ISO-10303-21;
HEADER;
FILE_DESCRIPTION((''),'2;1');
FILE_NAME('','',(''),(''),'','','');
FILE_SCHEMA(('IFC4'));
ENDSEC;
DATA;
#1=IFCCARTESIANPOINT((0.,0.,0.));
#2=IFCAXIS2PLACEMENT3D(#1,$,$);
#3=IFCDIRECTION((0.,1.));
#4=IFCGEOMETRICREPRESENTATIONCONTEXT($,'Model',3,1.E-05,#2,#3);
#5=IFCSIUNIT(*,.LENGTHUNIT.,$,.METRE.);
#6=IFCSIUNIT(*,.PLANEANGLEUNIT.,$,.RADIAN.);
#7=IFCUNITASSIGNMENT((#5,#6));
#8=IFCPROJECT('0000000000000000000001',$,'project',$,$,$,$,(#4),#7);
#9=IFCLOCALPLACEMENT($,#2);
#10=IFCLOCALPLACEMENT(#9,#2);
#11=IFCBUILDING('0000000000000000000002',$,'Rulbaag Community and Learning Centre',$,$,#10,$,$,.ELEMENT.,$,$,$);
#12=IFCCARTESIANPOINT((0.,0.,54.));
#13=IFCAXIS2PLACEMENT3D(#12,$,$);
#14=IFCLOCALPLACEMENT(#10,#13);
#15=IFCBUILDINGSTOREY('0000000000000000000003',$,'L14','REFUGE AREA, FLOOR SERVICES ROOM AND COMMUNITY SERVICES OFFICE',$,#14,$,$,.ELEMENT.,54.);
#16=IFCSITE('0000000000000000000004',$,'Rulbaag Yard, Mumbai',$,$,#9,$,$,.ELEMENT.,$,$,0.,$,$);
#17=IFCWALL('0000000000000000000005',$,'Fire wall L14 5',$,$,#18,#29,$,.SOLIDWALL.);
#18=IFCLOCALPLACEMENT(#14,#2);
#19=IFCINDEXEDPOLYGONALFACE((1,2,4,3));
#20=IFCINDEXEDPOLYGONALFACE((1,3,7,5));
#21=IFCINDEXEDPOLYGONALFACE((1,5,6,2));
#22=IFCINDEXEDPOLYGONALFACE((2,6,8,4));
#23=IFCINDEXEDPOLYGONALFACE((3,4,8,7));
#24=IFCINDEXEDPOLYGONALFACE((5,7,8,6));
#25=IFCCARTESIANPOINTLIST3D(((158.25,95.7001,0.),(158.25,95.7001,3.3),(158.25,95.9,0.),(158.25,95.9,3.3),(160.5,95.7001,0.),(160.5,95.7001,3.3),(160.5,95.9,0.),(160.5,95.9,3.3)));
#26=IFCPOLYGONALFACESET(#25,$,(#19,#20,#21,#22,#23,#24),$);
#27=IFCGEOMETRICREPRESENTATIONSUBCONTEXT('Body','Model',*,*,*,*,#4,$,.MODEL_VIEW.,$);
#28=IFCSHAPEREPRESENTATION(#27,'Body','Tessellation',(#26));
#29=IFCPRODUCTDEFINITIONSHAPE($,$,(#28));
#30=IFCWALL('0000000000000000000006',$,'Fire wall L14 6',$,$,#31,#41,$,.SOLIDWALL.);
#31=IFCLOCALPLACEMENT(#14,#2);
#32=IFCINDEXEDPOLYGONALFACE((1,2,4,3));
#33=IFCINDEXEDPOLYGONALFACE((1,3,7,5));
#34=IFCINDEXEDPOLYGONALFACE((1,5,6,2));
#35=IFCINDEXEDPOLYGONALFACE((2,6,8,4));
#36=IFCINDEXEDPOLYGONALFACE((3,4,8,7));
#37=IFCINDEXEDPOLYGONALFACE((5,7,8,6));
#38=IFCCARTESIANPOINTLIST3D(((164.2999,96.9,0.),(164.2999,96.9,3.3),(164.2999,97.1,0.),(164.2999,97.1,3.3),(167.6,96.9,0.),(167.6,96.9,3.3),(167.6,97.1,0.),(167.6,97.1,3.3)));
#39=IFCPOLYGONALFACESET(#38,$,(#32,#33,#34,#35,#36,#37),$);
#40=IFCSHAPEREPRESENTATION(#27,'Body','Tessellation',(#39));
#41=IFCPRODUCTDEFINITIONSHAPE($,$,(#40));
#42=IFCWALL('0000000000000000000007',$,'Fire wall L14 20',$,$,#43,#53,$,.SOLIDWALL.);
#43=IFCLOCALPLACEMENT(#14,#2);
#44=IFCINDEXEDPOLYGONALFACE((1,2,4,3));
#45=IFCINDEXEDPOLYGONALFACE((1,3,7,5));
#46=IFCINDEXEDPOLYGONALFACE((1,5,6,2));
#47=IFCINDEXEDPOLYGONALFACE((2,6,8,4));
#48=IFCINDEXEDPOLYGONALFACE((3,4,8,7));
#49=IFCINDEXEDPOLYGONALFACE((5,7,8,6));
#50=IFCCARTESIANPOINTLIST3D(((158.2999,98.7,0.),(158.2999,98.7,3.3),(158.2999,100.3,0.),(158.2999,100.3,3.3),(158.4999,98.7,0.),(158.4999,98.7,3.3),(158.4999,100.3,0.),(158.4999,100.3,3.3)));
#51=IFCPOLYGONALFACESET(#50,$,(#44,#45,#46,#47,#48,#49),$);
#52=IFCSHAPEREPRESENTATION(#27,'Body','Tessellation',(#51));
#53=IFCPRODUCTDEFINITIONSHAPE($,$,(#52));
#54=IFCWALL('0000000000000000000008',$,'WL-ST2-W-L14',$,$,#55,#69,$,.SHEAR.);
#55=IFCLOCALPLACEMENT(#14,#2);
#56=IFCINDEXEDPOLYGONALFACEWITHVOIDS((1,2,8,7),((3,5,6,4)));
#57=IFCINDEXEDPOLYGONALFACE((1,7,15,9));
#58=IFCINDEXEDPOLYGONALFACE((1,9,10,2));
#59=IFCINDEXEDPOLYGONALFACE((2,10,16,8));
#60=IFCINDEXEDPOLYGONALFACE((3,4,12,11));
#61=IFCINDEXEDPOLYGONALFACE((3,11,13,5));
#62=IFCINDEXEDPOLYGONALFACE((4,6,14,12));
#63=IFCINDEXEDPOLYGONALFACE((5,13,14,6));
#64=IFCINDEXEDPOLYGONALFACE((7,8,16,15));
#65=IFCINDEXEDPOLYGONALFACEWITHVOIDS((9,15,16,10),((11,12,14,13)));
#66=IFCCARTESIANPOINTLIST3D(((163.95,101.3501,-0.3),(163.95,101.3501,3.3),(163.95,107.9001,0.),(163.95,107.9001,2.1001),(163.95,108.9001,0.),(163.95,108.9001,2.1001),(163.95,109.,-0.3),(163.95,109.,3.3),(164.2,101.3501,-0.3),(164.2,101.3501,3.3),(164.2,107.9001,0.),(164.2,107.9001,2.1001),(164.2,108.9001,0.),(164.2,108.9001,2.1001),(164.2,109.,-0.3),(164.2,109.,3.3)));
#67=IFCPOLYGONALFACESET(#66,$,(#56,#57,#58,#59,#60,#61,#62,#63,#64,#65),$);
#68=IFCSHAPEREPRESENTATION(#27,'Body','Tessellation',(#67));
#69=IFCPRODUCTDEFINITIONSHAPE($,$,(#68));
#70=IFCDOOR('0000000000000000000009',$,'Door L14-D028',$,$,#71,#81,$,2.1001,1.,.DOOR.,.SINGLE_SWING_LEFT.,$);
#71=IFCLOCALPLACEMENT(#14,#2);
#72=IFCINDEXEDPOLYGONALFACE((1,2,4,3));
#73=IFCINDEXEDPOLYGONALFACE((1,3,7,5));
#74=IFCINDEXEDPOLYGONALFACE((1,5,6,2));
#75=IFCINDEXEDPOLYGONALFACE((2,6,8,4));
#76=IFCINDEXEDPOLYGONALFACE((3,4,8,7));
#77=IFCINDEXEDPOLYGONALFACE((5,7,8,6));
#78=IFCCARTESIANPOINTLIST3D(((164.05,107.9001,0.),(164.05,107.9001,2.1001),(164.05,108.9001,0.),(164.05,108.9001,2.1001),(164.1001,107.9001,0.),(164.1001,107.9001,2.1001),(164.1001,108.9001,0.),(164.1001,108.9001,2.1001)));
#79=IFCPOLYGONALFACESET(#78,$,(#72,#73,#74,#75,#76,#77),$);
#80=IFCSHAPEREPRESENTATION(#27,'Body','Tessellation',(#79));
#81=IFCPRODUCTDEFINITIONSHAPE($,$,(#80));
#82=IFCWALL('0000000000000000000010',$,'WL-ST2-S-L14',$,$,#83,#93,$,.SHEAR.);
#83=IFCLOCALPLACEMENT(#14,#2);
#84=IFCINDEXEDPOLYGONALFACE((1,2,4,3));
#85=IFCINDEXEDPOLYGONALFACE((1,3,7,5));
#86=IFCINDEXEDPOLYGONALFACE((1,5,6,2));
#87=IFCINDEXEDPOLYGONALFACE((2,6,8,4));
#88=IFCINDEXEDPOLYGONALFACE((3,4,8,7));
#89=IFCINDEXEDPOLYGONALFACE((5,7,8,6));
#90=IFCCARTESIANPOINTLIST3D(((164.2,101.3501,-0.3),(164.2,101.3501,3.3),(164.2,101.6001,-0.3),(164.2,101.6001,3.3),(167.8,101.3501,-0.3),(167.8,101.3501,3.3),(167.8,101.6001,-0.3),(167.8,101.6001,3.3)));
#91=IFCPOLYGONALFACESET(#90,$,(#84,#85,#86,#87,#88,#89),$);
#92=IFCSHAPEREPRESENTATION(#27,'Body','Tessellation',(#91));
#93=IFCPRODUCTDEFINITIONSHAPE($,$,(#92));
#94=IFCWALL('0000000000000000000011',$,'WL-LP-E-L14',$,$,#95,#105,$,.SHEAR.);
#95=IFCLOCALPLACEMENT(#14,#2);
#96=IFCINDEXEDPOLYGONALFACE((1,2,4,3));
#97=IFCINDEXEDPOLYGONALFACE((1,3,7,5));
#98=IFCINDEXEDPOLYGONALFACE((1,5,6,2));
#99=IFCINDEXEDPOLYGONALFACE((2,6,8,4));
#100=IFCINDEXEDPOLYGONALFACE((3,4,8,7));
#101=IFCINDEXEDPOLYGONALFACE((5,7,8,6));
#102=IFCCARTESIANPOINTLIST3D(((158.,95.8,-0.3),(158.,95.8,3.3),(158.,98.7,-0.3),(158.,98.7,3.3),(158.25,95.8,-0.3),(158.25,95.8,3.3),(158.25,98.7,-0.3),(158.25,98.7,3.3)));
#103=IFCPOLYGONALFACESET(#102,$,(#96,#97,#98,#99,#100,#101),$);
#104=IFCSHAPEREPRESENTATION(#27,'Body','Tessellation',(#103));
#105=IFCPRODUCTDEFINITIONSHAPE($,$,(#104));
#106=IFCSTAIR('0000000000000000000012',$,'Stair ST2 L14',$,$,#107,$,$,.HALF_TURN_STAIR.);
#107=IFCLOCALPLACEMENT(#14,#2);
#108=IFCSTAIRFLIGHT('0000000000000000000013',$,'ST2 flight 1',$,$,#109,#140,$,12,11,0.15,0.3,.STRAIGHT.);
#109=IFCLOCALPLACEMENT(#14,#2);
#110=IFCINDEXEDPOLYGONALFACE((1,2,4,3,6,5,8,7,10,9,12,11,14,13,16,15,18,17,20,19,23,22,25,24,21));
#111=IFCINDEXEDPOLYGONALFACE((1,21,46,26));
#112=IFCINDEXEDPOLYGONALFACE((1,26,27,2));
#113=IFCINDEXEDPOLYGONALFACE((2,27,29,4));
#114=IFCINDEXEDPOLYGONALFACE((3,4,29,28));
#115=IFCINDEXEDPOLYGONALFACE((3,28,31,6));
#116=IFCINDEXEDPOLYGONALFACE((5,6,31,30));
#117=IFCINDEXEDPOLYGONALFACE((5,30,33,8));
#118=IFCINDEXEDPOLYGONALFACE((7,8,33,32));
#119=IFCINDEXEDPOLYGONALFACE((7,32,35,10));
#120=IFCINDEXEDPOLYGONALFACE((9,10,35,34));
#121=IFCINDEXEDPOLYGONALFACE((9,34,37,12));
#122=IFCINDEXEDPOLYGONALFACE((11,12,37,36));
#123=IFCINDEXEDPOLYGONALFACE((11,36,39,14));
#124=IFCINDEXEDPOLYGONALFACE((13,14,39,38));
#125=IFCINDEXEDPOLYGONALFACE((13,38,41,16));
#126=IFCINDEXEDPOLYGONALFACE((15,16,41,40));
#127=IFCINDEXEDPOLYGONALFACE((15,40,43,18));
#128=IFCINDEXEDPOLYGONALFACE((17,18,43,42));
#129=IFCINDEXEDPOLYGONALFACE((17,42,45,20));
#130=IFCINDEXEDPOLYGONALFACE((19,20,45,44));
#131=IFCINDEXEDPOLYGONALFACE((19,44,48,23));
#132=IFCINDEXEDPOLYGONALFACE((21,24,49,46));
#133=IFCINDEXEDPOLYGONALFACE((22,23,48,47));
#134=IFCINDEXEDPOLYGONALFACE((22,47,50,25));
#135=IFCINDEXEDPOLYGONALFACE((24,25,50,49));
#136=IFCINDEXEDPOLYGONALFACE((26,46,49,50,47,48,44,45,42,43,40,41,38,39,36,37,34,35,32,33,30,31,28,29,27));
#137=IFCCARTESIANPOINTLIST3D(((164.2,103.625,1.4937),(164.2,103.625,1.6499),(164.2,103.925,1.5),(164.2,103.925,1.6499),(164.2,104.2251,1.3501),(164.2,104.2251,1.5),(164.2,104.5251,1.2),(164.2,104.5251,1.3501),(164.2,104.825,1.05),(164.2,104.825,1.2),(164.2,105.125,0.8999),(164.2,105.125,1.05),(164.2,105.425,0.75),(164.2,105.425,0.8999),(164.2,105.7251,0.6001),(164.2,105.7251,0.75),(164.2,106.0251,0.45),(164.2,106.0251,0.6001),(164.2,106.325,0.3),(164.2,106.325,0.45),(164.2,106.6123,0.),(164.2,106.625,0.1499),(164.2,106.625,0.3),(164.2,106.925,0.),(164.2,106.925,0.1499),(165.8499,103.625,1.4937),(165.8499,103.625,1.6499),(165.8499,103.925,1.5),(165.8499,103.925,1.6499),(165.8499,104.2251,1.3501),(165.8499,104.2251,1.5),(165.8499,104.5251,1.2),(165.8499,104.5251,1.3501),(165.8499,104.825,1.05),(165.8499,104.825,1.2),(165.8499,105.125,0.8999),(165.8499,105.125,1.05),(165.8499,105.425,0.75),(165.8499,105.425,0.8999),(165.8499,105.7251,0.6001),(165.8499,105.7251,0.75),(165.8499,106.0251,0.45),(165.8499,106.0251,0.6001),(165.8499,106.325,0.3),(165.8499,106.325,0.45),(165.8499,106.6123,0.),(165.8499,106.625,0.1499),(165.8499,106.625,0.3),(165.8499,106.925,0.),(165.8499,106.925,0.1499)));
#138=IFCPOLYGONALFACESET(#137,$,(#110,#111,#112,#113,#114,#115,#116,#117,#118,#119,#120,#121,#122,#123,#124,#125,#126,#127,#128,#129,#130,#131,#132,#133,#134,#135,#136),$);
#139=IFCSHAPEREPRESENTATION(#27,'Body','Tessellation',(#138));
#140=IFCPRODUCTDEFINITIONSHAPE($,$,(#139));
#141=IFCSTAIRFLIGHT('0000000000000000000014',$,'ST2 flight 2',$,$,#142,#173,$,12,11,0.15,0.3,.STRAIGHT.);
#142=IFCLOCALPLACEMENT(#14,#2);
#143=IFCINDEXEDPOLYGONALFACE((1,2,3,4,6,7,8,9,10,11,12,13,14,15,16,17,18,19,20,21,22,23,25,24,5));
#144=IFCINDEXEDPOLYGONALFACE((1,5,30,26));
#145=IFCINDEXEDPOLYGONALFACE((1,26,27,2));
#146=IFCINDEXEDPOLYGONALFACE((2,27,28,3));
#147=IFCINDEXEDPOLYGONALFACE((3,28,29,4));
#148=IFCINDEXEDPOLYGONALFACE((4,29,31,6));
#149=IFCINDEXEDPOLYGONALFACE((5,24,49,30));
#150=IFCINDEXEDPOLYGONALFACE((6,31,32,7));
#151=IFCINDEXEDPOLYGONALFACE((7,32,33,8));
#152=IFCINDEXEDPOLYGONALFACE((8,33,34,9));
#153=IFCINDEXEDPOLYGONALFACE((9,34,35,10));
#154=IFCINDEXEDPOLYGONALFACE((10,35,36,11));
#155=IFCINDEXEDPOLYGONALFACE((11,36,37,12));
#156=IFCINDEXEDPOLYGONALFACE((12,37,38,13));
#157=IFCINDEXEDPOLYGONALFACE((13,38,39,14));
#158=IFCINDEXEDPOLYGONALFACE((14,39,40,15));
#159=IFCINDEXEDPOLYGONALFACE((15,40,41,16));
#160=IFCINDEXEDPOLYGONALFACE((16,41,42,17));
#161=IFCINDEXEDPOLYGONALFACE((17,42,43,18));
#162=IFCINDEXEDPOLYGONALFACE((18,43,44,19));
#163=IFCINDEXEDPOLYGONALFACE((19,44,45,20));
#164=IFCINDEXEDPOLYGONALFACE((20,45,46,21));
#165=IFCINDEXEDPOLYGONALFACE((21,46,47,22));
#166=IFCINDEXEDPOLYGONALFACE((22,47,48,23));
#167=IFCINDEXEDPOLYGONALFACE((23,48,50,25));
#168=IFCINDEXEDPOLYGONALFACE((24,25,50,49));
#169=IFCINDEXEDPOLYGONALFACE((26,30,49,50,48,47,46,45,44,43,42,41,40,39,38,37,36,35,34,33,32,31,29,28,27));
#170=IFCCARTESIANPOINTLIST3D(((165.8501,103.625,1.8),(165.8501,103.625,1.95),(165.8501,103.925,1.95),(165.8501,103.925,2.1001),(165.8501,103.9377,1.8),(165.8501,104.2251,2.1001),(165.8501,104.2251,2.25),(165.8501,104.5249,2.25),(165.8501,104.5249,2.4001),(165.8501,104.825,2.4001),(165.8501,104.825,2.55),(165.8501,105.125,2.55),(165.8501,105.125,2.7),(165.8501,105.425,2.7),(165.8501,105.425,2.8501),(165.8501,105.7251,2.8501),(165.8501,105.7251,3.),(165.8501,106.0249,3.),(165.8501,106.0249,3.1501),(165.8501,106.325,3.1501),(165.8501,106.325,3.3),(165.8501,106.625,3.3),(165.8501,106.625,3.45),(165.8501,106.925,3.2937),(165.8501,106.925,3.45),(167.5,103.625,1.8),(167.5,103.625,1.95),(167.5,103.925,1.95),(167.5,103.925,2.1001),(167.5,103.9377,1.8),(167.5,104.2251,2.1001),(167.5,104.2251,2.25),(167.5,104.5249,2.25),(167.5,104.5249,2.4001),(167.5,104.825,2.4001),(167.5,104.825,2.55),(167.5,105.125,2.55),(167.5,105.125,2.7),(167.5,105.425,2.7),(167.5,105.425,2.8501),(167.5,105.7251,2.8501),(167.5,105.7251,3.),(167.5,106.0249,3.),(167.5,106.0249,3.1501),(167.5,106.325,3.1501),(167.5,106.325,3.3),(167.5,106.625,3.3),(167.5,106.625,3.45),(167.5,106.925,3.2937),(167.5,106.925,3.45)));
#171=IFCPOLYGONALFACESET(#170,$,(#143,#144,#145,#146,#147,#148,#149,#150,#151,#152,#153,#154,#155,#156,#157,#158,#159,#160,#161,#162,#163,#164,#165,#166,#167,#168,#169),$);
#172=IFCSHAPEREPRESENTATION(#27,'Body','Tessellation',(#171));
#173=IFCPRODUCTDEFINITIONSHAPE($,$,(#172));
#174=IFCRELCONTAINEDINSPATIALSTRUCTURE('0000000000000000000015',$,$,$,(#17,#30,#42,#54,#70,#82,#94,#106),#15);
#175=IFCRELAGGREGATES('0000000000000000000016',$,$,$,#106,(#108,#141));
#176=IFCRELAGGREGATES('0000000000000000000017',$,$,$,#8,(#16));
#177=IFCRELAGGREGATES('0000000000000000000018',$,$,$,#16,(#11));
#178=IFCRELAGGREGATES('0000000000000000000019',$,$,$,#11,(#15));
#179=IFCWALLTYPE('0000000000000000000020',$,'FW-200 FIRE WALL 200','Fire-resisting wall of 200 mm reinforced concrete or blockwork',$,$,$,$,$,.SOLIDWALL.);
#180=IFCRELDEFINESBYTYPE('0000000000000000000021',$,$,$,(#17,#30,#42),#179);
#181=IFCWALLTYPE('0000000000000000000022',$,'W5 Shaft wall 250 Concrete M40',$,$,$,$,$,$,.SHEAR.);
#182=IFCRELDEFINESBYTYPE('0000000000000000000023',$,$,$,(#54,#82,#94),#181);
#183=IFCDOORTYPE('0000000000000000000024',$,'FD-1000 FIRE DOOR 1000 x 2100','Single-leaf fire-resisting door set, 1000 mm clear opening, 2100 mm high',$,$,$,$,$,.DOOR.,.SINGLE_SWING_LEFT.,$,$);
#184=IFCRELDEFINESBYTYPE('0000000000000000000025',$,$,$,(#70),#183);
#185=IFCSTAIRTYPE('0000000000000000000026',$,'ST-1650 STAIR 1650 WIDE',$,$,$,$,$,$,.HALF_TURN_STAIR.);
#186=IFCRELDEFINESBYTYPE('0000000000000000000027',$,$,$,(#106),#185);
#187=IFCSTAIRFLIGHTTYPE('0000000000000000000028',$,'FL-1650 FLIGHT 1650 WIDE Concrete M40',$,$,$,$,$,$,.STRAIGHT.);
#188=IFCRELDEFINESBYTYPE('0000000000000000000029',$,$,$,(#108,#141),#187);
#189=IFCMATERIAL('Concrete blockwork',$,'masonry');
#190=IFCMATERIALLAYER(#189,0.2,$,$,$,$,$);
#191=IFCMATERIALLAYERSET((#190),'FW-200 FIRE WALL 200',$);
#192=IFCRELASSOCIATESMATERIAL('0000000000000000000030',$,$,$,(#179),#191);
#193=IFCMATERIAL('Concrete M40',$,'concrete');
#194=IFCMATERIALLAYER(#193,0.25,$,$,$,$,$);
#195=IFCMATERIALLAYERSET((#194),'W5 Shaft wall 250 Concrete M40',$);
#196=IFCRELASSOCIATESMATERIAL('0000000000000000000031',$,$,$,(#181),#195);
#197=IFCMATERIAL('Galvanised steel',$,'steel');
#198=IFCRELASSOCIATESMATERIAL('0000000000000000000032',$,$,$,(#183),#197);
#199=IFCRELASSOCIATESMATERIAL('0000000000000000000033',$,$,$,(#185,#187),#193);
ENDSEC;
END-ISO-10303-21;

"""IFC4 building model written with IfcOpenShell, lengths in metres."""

from ifc_helpers import new_model, si_unit, direction, frame, frame_2d, origin, place, context, subcontext, project, spatial, polyline, rectangle, outline, extrude, material, layer, layer_set, type_object, element, fill, aggregate, save


model = new_model("IFC4")

# Units and contexts
model_context = context("Model", 3, precision=1e-05, world=origin(), true_north=direction((0.0, 1.0)))
body_context = subcontext(model_context, "Body", "Model", "MODEL_VIEW")
ifc_project = project(units=[si_unit("LENGTHUNIT", "METRE"), si_unit("PLANEANGLEUNIT", "RADIAN")], contexts=[model_context])

# Site, building, storey
site_placement = place(None, origin())
site = spatial("IfcSite", under=ifc_project, at=site_placement, Name="Rulbaag Yard, Mumbai", CompositionType="ELEMENT", RefElevation=0.0)
building_placement = place(site_placement, origin())
building = spatial("IfcBuilding", under=site, at=building_placement, Name="Rulbaag Community and Learning Centre", CompositionType="ELEMENT")
storey_placement = place(building_placement, frame((0.0, 0.0, 54.0)))
storey = spatial("IfcBuildingStorey", under=building, at=storey_placement, Name="L14", Description="REFUGE AREA, FLOOR SERVICES ROOM AND COMMUNITY SERVICES OFFICE", CompositionType="ELEMENT", Elevation=54.0)

# Walls
ifc_material_1 = material(Name="Concrete blockwork", Category="masonry")
ifc_layer_1 = layer(ifc_material_1, 0.2)
ifc_layer_set_1 = layer_set([ifc_layer_1], Name="FW-200 FIRE WALL 200")
wall_type_1 = type_object("IfcWallType", Name="FW-200 FIRE WALL 200", Description="Fire-resisting wall of 200 mm reinforced concrete or blockwork", PredefinedType="SOLIDWALL", material=ifc_layer_set_1)
wall_1_placement = place(storey_placement, frame((158.25, 95.8, 0.0), z_axis=(0.0, 0.0, 1.0), x_axis=(1.0, 0.0, 0.0)))
element("IfcWall", 1, at=wall_1_placement, inside=storey, type_object=wall_type_1, Name="Fire wall L14 5", PredefinedType="SOLIDWALL", context=body_context, shape_type="SweptSolid", body=[
    extrude(rectangle(XDim=2.25, YDim=0.2, at=frame_2d((1.125, 0.0))), origin(), (0.0, 0.0, 1.0), 3.3),
])
wall_2_placement = place(storey_placement, frame((164.3, 97.0, 0.0), z_axis=(0.0, 0.0, 1.0), x_axis=(1.0, 0.0, 0.0)))
element("IfcWall", 2, at=wall_2_placement, inside=storey, type_object=wall_type_1, Name="Fire wall L14 6", PredefinedType="SOLIDWALL", context=body_context, shape_type="SweptSolid", body=[
    extrude(rectangle(XDim=3.3, YDim=0.2, at=frame_2d((1.6499, 0.0))), origin(), (0.0, 0.0, 1.0), 3.3),
])
wall_3_placement = place(storey_placement, frame((158.3999, 98.7, 0.0), z_axis=(0.0, 0.0, 1.0), x_axis=(0.0, 1.0, 0.0)))
element("IfcWall", 3, at=wall_3_placement, inside=storey, type_object=wall_type_1, Name="Fire wall L14 20", PredefinedType="SOLIDWALL", context=body_context, shape_type="SweptSolid", body=[
    extrude(rectangle(XDim=1.6001, YDim=0.2, at=frame_2d((0.8, 0.0))), origin(), (0.0, 0.0, 1.0), 3.3),
])

# Wall, opening, door
ifc_material_2 = material(Name="Concrete M40", Category="concrete")
ifc_layer_2 = layer(ifc_material_2, 0.25)
ifc_layer_set_2 = layer_set([ifc_layer_2], Name="W5 Shaft wall 250 Concrete M40")
wall_type_2 = type_object("IfcWallType", Name="W5 Shaft wall 250 Concrete M40", PredefinedType="SHEAR", material=ifc_layer_set_2)
wall_4_placement = place(storey_placement, frame((164.075, 101.3501, -0.3), z_axis=(0.0, 0.0, 1.0), x_axis=(0.0, 1.0, 0.0)))
wall_4 = element("IfcWall", 4, at=wall_4_placement, inside=storey, type_object=wall_type_2, Name="WL-ST2-W-L14", PredefinedType="SHEAR", context=body_context, shape_type="SweptSolid", body=[
    extrude(rectangle(XDim=7.6499, YDim=0.25, at=frame_2d((3.825, 0.0))), origin(), (0.0, 0.0, 1.0), 3.6001),
])
opening_placement = place(wall_4_placement, frame((6.55, 0.0, 0.3)))
opening = element("IfcOpeningElement", 5, at=opening_placement, cuts=wall_4, PredefinedType="OPENING", context=body_context, shape_type="SweptSolid", body=[
    extrude(rectangle(XDim=1.0, YDim=2.1001, at=frame_2d((0.5, 1.05))), frame((0.0, 0.135, 0.0), z_axis=(0.0, -1.0, 0.0), x_axis=(1.0, 0.0, 0.0)), (0.0, 0.0, 1.0), 0.27),
])
ifc_material_3 = material(Name="Galvanised steel", Category="steel")
door_type = type_object("IfcDoorType", Name="FD-1000 FIRE DOOR 1000 x 2100", Description="Single-leaf fire-resisting door set, 1000 mm clear opening, 2100 mm high", OperationType="SINGLE_SWING_LEFT", PredefinedType="DOOR", material=ifc_material_3)
door_placement = place(opening_placement, origin())
door = element("IfcDoor", 6, at=door_placement, inside=storey, type_object=door_type, Name="Door L14-D028", OperationType="SINGLE_SWING_LEFT", OverallHeight=2.1001, OverallWidth=1.0, PredefinedType="DOOR", context=body_context, shape_type="SweptSolid", body=[
    extrude(rectangle(XDim=1.0, YDim=2.1001, at=frame_2d((0.5, 1.05))), frame((0.0, 0.0249, 0.0), z_axis=(0.0, -1.0, 0.0), x_axis=(1.0, 0.0, 0.0)), (0.0, 0.0, 1.0), 0.05),
])
fill(opening, door)

# Walls
wall_5_placement = place(storey_placement, frame((164.2, 101.4751, -0.3), z_axis=(0.0, 0.0, 1.0), x_axis=(1.0, 0.0, 0.0)))
element("IfcWall", 7, at=wall_5_placement, inside=storey, type_object=wall_type_2, Name="WL-ST2-S-L14", PredefinedType="SHEAR", context=body_context, shape_type="SweptSolid", body=[
    extrude(rectangle(XDim=3.6001, YDim=0.25, at=frame_2d((1.8, 0.0))), origin(), (0.0, 0.0, 1.0), 3.6001),
])
wall_6_placement = place(storey_placement, frame((158.125, 95.8, -0.3), z_axis=(0.0, 0.0, 1.0), x_axis=(0.0, 1.0, 0.0)))
element("IfcWall", 8, at=wall_6_placement, inside=storey, type_object=wall_type_2, Name="WL-LP-E-L14", PredefinedType="SHEAR", context=body_context, shape_type="SweptSolid", body=[
    extrude(rectangle(XDim=2.8999, YDim=0.25, at=frame_2d((1.45, 0.0))), origin(), (0.0, 0.0, 1.0), 3.6001),
])

# Stair, stair flights
stair_type = type_object("IfcStairType", Name="ST-1650 STAIR 1650 WIDE", PredefinedType="HALF_TURN_STAIR", material=ifc_material_2)
stair_placement = place(storey_placement, origin())
stair = element("IfcStair", 9, at=stair_placement, inside=storey, type_object=stair_type, Name="Stair ST2 L14", PredefinedType="HALF_TURN_STAIR")
stair_flight_type = type_object("IfcStairFlightType", Name="FL-1650 FLIGHT 1650 WIDE Concrete M40", PredefinedType="STRAIGHT", material=ifc_material_2)
stair_flight_1_placement = place(storey_placement, frame((165.0249, 106.925, 0.0), z_axis=(0.0, 0.0, 1.0), x_axis=(0.0, -1.0, 0.0)))
stair_flight_1 = element("IfcStairFlight", 10, at=stair_flight_1_placement, type_object=stair_flight_type, Name="ST2 flight 1", NumberOfRisers=12, NumberOfTreads=11, PredefinedType="STRAIGHT", RiserHeight=0.15, TreadLength=0.3, context=body_context, shape_type="SweptSolid", body=[
    extrude(outline(polyline([(0.0, 0.0), (0.0, 0.1499), (0.3, 0.1499), (0.3, 0.3), (0.6001, 0.3), (0.6001, 0.45), (0.8999, 0.45), (0.8999, 0.6001), (1.2, 0.6001), (1.2, 0.75), (1.5, 0.75), (1.5, 0.8999), (1.8, 0.8999), (1.8, 1.05), (2.1001, 1.05), (2.1001, 1.2), (2.3999, 1.2), (2.3999, 1.3501), (2.7, 1.3501), (2.7, 1.5), (3.0, 1.5), (3.0, 1.6499), (3.3, 1.6499), (3.3, 1.4937), (0.3127, 0.0), (0.0, 0.0)])), frame((0.0, 0.825, 0.0), z_axis=(0.0, -1.0, 0.0), x_axis=(1.0, 0.0, 0.0)), (0.0, 0.0, 1.0), 1.6499),
])
stair_flight_2_placement = place(storey_placement, frame((166.675, 103.625, 1.8), z_axis=(0.0, 0.0, 1.0), x_axis=(0.0, 1.0, 0.0)))
stair_flight_2 = element("IfcStairFlight", 11, at=stair_flight_2_placement, type_object=stair_flight_type, Name="ST2 flight 2", NumberOfRisers=12, NumberOfTreads=11, PredefinedType="STRAIGHT", RiserHeight=0.15, TreadLength=0.3, context=body_context, shape_type="SweptSolid", body=[
    extrude(outline(polyline([(0.0, 0.0), (0.0, 0.1499), (0.3, 0.1499), (0.3, 0.3), (0.6001, 0.3), (0.6001, 0.45), (0.8999, 0.45), (0.8999, 0.6001), (1.2, 0.6001), (1.2, 0.75), (1.5, 0.75), (1.5, 0.8999), (1.8, 0.8999), (1.8, 1.05), (2.1001, 1.05), (2.1001, 1.2), (2.3999, 1.2), (2.3999, 1.3501), (2.7, 1.3501), (2.7, 1.5), (3.0, 1.5), (3.0, 1.6499), (3.3, 1.6499), (3.3, 1.4937), (0.3127, 0.0), (0.0, 0.0)])), frame((0.0, 0.825, 0.0), z_axis=(0.0, -1.0, 0.0), x_axis=(1.0, 0.0, 0.0)), (0.0, 0.0, 1.0), 1.6499),
])
aggregate(stair, [stair_flight_1, stair_flight_2])

save(model, "model.ifc")
